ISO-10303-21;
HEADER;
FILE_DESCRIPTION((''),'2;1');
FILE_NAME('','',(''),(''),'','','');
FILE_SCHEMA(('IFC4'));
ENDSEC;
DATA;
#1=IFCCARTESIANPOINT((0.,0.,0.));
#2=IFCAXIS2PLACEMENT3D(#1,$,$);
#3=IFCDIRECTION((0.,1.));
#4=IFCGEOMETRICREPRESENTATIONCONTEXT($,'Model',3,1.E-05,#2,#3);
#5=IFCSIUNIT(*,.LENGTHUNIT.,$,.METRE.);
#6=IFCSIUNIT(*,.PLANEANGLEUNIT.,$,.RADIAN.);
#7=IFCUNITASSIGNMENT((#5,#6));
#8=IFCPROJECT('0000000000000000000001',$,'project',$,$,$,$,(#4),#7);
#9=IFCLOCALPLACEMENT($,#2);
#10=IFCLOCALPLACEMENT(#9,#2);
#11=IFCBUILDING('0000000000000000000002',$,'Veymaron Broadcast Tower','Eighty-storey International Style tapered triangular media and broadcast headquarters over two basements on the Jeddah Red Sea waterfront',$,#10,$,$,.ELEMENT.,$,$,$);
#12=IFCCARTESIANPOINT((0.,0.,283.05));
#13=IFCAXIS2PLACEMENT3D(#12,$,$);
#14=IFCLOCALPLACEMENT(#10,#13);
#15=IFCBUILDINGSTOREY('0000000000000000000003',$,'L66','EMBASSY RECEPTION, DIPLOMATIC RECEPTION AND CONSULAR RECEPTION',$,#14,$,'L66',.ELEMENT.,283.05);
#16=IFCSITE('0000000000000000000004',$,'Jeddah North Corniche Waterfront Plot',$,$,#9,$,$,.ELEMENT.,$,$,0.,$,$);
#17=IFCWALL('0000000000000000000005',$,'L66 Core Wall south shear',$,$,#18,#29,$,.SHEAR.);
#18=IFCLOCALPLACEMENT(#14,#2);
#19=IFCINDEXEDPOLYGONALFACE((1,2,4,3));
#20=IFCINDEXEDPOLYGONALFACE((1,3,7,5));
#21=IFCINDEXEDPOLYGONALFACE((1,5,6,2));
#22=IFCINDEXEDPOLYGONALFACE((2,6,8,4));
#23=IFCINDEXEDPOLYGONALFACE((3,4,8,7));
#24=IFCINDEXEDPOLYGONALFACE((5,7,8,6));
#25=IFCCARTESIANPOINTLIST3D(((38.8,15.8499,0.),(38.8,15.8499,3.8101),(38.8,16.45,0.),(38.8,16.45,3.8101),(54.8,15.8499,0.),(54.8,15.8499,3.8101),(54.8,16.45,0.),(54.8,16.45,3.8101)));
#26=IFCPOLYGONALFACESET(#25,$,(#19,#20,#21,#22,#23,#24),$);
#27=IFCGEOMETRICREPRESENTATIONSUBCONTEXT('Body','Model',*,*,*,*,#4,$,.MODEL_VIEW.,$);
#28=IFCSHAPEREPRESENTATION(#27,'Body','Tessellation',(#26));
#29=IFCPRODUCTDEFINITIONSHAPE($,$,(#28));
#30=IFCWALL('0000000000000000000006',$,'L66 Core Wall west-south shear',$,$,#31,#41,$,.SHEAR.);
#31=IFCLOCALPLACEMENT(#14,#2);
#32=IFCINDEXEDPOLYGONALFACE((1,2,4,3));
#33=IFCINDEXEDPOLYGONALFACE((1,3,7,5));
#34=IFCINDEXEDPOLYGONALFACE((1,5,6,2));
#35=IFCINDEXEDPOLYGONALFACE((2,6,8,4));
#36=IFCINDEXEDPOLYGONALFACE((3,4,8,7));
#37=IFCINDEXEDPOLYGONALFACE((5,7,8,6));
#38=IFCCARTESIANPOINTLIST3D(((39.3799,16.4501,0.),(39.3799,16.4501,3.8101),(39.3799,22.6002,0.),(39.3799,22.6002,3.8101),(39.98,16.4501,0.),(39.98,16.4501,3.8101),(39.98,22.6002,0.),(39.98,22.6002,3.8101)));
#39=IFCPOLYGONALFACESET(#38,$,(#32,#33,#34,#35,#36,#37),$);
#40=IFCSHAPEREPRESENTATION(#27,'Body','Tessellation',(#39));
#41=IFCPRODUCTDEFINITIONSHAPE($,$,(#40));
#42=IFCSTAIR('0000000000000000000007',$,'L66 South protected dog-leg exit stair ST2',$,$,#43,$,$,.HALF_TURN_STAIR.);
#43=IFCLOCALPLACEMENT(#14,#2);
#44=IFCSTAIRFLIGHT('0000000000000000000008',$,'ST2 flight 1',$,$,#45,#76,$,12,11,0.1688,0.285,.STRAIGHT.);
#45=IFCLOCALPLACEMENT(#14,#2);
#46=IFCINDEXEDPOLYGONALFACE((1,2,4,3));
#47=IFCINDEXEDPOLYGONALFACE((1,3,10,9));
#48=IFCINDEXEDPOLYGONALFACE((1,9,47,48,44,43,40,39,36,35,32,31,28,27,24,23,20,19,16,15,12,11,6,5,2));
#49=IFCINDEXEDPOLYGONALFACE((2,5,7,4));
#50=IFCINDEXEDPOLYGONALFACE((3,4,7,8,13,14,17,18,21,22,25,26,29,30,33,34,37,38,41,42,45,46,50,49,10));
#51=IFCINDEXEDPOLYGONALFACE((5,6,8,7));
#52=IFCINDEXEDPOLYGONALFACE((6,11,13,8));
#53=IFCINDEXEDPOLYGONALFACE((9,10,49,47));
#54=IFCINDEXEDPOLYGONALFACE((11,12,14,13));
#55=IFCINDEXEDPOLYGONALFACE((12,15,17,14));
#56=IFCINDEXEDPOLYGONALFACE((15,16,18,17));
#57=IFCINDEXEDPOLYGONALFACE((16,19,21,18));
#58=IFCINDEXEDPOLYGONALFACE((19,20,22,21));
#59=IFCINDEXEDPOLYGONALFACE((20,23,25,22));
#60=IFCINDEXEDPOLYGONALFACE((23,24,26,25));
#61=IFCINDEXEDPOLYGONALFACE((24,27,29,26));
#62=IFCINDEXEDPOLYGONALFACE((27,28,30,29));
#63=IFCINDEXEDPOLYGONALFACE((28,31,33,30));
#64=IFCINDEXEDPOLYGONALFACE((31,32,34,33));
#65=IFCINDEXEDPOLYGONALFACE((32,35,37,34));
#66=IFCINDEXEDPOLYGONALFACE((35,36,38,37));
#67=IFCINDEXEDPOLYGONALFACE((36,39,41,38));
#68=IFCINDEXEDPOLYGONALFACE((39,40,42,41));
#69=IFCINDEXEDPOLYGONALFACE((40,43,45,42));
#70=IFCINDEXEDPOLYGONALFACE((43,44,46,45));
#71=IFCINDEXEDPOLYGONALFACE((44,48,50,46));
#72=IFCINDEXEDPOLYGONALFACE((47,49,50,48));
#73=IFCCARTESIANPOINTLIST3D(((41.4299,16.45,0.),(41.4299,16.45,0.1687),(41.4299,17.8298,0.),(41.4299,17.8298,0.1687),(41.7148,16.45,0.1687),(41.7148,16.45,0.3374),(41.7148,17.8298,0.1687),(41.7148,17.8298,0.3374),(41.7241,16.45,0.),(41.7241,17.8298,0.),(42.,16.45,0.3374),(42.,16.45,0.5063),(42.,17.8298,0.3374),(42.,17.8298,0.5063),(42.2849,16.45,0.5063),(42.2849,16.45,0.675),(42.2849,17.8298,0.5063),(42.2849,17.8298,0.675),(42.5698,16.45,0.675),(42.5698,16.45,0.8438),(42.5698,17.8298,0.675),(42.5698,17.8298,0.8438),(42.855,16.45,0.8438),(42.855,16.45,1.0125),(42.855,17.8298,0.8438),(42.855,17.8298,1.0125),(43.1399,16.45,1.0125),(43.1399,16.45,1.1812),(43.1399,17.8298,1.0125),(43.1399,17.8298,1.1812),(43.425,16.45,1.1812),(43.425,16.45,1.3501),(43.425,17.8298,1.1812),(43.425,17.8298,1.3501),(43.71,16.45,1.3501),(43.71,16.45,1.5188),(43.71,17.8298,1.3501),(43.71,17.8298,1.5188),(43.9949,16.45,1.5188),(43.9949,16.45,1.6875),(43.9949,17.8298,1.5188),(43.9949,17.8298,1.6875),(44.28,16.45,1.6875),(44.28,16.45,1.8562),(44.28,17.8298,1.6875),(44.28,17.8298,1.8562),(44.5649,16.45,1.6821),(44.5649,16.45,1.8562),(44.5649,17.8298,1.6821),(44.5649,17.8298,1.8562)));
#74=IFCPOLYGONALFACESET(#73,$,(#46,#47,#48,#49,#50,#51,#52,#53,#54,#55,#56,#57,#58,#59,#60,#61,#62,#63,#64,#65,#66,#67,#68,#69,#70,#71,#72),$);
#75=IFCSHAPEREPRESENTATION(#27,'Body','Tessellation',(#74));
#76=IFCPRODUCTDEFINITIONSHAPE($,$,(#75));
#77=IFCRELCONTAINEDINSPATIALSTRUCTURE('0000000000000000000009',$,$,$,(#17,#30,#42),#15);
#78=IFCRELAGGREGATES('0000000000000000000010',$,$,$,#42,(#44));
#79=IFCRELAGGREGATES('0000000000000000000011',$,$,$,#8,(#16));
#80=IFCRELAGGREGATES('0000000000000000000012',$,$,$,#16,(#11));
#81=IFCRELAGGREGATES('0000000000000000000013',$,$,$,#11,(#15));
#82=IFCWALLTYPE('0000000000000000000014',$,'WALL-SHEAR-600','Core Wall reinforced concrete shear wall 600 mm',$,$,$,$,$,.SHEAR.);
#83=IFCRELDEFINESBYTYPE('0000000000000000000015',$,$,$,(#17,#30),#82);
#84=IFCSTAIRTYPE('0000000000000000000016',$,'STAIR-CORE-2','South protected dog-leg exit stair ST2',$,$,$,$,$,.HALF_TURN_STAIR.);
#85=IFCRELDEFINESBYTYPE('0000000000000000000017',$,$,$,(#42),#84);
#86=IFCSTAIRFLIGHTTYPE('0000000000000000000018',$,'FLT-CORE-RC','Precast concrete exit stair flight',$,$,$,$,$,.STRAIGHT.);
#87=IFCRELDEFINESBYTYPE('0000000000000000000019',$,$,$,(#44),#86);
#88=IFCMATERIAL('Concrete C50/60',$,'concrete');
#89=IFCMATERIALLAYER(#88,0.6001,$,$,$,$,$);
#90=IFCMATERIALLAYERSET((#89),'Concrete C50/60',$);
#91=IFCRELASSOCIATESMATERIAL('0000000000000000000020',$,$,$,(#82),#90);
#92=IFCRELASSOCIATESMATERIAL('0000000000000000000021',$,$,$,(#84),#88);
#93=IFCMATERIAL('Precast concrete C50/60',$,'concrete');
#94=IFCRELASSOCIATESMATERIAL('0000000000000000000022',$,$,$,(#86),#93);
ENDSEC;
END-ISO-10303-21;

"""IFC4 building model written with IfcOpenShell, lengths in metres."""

from ifc_helpers import new_model, si_unit, direction, frame, frame_2d, origin, place, context, subcontext, project, spatial, polyline, rectangle, outline, extrude, material, layer, layer_set, type_object, element, aggregate, save


model = new_model("IFC4")

# Units and contexts
model_context = context("Model", 3, precision=1e-05, world=origin(), true_north=direction((0.0, 1.0)))
body_context = subcontext(model_context, "Body", "Model", "MODEL_VIEW")
ifc_project = project(units=[si_unit("LENGTHUNIT", "METRE"), si_unit("PLANEANGLEUNIT", "RADIAN")], contexts=[model_context])

# Site, building, storey
site_placement = place(None, origin())
site = spatial("IfcSite", under=ifc_project, at=site_placement, Name="Jeddah North Corniche Waterfront Plot", CompositionType="ELEMENT", RefElevation=0.0)
building_placement = place(site_placement, origin())
building = spatial("IfcBuilding", under=site, at=building_placement, Name="Veymaron Broadcast Tower", Description="Eighty-storey International Style tapered triangular media and broadcast headquarters over two basements on the Jeddah Red Sea waterfront", CompositionType="ELEMENT")
storey_placement = place(building_placement, frame((0.0, 0.0, 283.05)))
storey = spatial("IfcBuildingStorey", under=building, at=storey_placement, Name="L66", Description="EMBASSY RECEPTION, DIPLOMATIC RECEPTION AND CONSULAR RECEPTION", LongName="L66", CompositionType="ELEMENT", Elevation=283.05)

# Shared definitions
ifc_material_1 = material(Name="Concrete C50/60", Category="concrete")

# Walls
ifc_layer_1 = layer(ifc_material_1, 0.6001)
ifc_layer_set_1 = layer_set([ifc_layer_1], Name="Concrete C50/60")
wall_type_1 = type_object("IfcWallType", Name="WALL-SHEAR-600", Description="Core Wall reinforced concrete shear wall 600 mm", PredefinedType="SHEAR", material=ifc_layer_set_1)
wall_1_placement = place(storey_placement, frame((38.8, 16.1499, 0.0), z_axis=(0.0, 0.0, 1.0), x_axis=(1.0, 0.0, 0.0)))
element("IfcWall", 1, at=wall_1_placement, inside=storey, type_object=wall_type_1, Name="L66 Core Wall south shear", PredefinedType="SHEAR", context=body_context, shape_type="SweptSolid", body=[
    extrude(rectangle(XDim=16.0, YDim=0.6001, at=frame_2d((8.0, 0.0))), origin(), (0.0, 0.0, 1.0), 3.8101),
])
wall_2_placement = place(storey_placement, frame((39.6799, 16.45, 0.0), z_axis=(0.0, 0.0, 1.0), x_axis=(0.0, 1.0, 0.0)))
element("IfcWall", 2, at=wall_2_placement, inside=storey, type_object=wall_type_1, Name="L66 Core Wall west-south shear", PredefinedType="SHEAR", context=body_context, shape_type="SweptSolid", body=[
    extrude(rectangle(XDim=6.1501, YDim=0.6001, at=frame_2d((3.0752, 0.0))), origin(), (0.0, 0.0, 1.0), 3.8101),
])

# Stair, stair flight
stair_type = type_object("IfcStairType", Name="STAIR-CORE-2", Description="South protected dog-leg exit stair ST2", PredefinedType="HALF_TURN_STAIR", material=ifc_material_1)
stair_placement = place(storey_placement, origin())
stair = element("IfcStair", 3, at=stair_placement, inside=storey, type_object=stair_type, Name="L66 South protected dog-leg exit stair ST2", PredefinedType="HALF_TURN_STAIR")
ifc_material_2 = material(Name="Precast concrete C50/60", Category="concrete")
stair_flight_type = type_object("IfcStairFlightType", Name="FLT-CORE-RC", Description="Precast concrete exit stair flight", PredefinedType="STRAIGHT", material=ifc_material_2)
stair_flight_placement = place(storey_placement, frame((41.4299, 17.1399, 0.0), z_axis=(0.0, 0.0, 1.0), x_axis=(1.0, 0.0, 0.0)))
stair_flight = element("IfcStairFlight", 4, at=stair_flight_placement, type_object=stair_flight_type, Name="ST2 flight 1", NumberOfRisers=12, NumberOfTreads=11, PredefinedType="STRAIGHT", RiserHeight=0.1688, TreadLength=0.285, context=body_context, shape_type="SweptSolid", body=[
    extrude(outline(polyline([(0.0, 0.0), (0.0, 0.1687), (0.2849, 0.1687), (0.2849, 0.3374), (0.5701, 0.3374), (0.5701, 0.5063), (0.855, 0.5063), (0.855, 0.675), (1.1399, 0.675), (1.1399, 0.8438), (1.425, 0.8438), (1.425, 1.0125), (1.71, 1.0125), (1.71, 1.1812), (1.9951, 1.1812), (1.9951, 1.3501), (2.28, 1.3501), (2.28, 1.5188), (2.5649, 1.5188), (2.5649, 1.6875), (2.8501, 1.6875), (2.8501, 1.8562), (3.135, 1.8562), (3.135, 2.0249), (3.135, 1.6821), (0.2942, 0.0), (0.0, 0.0)])), frame((0.0, 0.6899, 0.0), z_axis=(0.0, -1.0, 0.0), x_axis=(1.0, 0.0, 0.0)), (0.0, 0.0, 1.0), 1.3799),
])
aggregate(stair, [stair_flight])

save(model, "model.ifc")
